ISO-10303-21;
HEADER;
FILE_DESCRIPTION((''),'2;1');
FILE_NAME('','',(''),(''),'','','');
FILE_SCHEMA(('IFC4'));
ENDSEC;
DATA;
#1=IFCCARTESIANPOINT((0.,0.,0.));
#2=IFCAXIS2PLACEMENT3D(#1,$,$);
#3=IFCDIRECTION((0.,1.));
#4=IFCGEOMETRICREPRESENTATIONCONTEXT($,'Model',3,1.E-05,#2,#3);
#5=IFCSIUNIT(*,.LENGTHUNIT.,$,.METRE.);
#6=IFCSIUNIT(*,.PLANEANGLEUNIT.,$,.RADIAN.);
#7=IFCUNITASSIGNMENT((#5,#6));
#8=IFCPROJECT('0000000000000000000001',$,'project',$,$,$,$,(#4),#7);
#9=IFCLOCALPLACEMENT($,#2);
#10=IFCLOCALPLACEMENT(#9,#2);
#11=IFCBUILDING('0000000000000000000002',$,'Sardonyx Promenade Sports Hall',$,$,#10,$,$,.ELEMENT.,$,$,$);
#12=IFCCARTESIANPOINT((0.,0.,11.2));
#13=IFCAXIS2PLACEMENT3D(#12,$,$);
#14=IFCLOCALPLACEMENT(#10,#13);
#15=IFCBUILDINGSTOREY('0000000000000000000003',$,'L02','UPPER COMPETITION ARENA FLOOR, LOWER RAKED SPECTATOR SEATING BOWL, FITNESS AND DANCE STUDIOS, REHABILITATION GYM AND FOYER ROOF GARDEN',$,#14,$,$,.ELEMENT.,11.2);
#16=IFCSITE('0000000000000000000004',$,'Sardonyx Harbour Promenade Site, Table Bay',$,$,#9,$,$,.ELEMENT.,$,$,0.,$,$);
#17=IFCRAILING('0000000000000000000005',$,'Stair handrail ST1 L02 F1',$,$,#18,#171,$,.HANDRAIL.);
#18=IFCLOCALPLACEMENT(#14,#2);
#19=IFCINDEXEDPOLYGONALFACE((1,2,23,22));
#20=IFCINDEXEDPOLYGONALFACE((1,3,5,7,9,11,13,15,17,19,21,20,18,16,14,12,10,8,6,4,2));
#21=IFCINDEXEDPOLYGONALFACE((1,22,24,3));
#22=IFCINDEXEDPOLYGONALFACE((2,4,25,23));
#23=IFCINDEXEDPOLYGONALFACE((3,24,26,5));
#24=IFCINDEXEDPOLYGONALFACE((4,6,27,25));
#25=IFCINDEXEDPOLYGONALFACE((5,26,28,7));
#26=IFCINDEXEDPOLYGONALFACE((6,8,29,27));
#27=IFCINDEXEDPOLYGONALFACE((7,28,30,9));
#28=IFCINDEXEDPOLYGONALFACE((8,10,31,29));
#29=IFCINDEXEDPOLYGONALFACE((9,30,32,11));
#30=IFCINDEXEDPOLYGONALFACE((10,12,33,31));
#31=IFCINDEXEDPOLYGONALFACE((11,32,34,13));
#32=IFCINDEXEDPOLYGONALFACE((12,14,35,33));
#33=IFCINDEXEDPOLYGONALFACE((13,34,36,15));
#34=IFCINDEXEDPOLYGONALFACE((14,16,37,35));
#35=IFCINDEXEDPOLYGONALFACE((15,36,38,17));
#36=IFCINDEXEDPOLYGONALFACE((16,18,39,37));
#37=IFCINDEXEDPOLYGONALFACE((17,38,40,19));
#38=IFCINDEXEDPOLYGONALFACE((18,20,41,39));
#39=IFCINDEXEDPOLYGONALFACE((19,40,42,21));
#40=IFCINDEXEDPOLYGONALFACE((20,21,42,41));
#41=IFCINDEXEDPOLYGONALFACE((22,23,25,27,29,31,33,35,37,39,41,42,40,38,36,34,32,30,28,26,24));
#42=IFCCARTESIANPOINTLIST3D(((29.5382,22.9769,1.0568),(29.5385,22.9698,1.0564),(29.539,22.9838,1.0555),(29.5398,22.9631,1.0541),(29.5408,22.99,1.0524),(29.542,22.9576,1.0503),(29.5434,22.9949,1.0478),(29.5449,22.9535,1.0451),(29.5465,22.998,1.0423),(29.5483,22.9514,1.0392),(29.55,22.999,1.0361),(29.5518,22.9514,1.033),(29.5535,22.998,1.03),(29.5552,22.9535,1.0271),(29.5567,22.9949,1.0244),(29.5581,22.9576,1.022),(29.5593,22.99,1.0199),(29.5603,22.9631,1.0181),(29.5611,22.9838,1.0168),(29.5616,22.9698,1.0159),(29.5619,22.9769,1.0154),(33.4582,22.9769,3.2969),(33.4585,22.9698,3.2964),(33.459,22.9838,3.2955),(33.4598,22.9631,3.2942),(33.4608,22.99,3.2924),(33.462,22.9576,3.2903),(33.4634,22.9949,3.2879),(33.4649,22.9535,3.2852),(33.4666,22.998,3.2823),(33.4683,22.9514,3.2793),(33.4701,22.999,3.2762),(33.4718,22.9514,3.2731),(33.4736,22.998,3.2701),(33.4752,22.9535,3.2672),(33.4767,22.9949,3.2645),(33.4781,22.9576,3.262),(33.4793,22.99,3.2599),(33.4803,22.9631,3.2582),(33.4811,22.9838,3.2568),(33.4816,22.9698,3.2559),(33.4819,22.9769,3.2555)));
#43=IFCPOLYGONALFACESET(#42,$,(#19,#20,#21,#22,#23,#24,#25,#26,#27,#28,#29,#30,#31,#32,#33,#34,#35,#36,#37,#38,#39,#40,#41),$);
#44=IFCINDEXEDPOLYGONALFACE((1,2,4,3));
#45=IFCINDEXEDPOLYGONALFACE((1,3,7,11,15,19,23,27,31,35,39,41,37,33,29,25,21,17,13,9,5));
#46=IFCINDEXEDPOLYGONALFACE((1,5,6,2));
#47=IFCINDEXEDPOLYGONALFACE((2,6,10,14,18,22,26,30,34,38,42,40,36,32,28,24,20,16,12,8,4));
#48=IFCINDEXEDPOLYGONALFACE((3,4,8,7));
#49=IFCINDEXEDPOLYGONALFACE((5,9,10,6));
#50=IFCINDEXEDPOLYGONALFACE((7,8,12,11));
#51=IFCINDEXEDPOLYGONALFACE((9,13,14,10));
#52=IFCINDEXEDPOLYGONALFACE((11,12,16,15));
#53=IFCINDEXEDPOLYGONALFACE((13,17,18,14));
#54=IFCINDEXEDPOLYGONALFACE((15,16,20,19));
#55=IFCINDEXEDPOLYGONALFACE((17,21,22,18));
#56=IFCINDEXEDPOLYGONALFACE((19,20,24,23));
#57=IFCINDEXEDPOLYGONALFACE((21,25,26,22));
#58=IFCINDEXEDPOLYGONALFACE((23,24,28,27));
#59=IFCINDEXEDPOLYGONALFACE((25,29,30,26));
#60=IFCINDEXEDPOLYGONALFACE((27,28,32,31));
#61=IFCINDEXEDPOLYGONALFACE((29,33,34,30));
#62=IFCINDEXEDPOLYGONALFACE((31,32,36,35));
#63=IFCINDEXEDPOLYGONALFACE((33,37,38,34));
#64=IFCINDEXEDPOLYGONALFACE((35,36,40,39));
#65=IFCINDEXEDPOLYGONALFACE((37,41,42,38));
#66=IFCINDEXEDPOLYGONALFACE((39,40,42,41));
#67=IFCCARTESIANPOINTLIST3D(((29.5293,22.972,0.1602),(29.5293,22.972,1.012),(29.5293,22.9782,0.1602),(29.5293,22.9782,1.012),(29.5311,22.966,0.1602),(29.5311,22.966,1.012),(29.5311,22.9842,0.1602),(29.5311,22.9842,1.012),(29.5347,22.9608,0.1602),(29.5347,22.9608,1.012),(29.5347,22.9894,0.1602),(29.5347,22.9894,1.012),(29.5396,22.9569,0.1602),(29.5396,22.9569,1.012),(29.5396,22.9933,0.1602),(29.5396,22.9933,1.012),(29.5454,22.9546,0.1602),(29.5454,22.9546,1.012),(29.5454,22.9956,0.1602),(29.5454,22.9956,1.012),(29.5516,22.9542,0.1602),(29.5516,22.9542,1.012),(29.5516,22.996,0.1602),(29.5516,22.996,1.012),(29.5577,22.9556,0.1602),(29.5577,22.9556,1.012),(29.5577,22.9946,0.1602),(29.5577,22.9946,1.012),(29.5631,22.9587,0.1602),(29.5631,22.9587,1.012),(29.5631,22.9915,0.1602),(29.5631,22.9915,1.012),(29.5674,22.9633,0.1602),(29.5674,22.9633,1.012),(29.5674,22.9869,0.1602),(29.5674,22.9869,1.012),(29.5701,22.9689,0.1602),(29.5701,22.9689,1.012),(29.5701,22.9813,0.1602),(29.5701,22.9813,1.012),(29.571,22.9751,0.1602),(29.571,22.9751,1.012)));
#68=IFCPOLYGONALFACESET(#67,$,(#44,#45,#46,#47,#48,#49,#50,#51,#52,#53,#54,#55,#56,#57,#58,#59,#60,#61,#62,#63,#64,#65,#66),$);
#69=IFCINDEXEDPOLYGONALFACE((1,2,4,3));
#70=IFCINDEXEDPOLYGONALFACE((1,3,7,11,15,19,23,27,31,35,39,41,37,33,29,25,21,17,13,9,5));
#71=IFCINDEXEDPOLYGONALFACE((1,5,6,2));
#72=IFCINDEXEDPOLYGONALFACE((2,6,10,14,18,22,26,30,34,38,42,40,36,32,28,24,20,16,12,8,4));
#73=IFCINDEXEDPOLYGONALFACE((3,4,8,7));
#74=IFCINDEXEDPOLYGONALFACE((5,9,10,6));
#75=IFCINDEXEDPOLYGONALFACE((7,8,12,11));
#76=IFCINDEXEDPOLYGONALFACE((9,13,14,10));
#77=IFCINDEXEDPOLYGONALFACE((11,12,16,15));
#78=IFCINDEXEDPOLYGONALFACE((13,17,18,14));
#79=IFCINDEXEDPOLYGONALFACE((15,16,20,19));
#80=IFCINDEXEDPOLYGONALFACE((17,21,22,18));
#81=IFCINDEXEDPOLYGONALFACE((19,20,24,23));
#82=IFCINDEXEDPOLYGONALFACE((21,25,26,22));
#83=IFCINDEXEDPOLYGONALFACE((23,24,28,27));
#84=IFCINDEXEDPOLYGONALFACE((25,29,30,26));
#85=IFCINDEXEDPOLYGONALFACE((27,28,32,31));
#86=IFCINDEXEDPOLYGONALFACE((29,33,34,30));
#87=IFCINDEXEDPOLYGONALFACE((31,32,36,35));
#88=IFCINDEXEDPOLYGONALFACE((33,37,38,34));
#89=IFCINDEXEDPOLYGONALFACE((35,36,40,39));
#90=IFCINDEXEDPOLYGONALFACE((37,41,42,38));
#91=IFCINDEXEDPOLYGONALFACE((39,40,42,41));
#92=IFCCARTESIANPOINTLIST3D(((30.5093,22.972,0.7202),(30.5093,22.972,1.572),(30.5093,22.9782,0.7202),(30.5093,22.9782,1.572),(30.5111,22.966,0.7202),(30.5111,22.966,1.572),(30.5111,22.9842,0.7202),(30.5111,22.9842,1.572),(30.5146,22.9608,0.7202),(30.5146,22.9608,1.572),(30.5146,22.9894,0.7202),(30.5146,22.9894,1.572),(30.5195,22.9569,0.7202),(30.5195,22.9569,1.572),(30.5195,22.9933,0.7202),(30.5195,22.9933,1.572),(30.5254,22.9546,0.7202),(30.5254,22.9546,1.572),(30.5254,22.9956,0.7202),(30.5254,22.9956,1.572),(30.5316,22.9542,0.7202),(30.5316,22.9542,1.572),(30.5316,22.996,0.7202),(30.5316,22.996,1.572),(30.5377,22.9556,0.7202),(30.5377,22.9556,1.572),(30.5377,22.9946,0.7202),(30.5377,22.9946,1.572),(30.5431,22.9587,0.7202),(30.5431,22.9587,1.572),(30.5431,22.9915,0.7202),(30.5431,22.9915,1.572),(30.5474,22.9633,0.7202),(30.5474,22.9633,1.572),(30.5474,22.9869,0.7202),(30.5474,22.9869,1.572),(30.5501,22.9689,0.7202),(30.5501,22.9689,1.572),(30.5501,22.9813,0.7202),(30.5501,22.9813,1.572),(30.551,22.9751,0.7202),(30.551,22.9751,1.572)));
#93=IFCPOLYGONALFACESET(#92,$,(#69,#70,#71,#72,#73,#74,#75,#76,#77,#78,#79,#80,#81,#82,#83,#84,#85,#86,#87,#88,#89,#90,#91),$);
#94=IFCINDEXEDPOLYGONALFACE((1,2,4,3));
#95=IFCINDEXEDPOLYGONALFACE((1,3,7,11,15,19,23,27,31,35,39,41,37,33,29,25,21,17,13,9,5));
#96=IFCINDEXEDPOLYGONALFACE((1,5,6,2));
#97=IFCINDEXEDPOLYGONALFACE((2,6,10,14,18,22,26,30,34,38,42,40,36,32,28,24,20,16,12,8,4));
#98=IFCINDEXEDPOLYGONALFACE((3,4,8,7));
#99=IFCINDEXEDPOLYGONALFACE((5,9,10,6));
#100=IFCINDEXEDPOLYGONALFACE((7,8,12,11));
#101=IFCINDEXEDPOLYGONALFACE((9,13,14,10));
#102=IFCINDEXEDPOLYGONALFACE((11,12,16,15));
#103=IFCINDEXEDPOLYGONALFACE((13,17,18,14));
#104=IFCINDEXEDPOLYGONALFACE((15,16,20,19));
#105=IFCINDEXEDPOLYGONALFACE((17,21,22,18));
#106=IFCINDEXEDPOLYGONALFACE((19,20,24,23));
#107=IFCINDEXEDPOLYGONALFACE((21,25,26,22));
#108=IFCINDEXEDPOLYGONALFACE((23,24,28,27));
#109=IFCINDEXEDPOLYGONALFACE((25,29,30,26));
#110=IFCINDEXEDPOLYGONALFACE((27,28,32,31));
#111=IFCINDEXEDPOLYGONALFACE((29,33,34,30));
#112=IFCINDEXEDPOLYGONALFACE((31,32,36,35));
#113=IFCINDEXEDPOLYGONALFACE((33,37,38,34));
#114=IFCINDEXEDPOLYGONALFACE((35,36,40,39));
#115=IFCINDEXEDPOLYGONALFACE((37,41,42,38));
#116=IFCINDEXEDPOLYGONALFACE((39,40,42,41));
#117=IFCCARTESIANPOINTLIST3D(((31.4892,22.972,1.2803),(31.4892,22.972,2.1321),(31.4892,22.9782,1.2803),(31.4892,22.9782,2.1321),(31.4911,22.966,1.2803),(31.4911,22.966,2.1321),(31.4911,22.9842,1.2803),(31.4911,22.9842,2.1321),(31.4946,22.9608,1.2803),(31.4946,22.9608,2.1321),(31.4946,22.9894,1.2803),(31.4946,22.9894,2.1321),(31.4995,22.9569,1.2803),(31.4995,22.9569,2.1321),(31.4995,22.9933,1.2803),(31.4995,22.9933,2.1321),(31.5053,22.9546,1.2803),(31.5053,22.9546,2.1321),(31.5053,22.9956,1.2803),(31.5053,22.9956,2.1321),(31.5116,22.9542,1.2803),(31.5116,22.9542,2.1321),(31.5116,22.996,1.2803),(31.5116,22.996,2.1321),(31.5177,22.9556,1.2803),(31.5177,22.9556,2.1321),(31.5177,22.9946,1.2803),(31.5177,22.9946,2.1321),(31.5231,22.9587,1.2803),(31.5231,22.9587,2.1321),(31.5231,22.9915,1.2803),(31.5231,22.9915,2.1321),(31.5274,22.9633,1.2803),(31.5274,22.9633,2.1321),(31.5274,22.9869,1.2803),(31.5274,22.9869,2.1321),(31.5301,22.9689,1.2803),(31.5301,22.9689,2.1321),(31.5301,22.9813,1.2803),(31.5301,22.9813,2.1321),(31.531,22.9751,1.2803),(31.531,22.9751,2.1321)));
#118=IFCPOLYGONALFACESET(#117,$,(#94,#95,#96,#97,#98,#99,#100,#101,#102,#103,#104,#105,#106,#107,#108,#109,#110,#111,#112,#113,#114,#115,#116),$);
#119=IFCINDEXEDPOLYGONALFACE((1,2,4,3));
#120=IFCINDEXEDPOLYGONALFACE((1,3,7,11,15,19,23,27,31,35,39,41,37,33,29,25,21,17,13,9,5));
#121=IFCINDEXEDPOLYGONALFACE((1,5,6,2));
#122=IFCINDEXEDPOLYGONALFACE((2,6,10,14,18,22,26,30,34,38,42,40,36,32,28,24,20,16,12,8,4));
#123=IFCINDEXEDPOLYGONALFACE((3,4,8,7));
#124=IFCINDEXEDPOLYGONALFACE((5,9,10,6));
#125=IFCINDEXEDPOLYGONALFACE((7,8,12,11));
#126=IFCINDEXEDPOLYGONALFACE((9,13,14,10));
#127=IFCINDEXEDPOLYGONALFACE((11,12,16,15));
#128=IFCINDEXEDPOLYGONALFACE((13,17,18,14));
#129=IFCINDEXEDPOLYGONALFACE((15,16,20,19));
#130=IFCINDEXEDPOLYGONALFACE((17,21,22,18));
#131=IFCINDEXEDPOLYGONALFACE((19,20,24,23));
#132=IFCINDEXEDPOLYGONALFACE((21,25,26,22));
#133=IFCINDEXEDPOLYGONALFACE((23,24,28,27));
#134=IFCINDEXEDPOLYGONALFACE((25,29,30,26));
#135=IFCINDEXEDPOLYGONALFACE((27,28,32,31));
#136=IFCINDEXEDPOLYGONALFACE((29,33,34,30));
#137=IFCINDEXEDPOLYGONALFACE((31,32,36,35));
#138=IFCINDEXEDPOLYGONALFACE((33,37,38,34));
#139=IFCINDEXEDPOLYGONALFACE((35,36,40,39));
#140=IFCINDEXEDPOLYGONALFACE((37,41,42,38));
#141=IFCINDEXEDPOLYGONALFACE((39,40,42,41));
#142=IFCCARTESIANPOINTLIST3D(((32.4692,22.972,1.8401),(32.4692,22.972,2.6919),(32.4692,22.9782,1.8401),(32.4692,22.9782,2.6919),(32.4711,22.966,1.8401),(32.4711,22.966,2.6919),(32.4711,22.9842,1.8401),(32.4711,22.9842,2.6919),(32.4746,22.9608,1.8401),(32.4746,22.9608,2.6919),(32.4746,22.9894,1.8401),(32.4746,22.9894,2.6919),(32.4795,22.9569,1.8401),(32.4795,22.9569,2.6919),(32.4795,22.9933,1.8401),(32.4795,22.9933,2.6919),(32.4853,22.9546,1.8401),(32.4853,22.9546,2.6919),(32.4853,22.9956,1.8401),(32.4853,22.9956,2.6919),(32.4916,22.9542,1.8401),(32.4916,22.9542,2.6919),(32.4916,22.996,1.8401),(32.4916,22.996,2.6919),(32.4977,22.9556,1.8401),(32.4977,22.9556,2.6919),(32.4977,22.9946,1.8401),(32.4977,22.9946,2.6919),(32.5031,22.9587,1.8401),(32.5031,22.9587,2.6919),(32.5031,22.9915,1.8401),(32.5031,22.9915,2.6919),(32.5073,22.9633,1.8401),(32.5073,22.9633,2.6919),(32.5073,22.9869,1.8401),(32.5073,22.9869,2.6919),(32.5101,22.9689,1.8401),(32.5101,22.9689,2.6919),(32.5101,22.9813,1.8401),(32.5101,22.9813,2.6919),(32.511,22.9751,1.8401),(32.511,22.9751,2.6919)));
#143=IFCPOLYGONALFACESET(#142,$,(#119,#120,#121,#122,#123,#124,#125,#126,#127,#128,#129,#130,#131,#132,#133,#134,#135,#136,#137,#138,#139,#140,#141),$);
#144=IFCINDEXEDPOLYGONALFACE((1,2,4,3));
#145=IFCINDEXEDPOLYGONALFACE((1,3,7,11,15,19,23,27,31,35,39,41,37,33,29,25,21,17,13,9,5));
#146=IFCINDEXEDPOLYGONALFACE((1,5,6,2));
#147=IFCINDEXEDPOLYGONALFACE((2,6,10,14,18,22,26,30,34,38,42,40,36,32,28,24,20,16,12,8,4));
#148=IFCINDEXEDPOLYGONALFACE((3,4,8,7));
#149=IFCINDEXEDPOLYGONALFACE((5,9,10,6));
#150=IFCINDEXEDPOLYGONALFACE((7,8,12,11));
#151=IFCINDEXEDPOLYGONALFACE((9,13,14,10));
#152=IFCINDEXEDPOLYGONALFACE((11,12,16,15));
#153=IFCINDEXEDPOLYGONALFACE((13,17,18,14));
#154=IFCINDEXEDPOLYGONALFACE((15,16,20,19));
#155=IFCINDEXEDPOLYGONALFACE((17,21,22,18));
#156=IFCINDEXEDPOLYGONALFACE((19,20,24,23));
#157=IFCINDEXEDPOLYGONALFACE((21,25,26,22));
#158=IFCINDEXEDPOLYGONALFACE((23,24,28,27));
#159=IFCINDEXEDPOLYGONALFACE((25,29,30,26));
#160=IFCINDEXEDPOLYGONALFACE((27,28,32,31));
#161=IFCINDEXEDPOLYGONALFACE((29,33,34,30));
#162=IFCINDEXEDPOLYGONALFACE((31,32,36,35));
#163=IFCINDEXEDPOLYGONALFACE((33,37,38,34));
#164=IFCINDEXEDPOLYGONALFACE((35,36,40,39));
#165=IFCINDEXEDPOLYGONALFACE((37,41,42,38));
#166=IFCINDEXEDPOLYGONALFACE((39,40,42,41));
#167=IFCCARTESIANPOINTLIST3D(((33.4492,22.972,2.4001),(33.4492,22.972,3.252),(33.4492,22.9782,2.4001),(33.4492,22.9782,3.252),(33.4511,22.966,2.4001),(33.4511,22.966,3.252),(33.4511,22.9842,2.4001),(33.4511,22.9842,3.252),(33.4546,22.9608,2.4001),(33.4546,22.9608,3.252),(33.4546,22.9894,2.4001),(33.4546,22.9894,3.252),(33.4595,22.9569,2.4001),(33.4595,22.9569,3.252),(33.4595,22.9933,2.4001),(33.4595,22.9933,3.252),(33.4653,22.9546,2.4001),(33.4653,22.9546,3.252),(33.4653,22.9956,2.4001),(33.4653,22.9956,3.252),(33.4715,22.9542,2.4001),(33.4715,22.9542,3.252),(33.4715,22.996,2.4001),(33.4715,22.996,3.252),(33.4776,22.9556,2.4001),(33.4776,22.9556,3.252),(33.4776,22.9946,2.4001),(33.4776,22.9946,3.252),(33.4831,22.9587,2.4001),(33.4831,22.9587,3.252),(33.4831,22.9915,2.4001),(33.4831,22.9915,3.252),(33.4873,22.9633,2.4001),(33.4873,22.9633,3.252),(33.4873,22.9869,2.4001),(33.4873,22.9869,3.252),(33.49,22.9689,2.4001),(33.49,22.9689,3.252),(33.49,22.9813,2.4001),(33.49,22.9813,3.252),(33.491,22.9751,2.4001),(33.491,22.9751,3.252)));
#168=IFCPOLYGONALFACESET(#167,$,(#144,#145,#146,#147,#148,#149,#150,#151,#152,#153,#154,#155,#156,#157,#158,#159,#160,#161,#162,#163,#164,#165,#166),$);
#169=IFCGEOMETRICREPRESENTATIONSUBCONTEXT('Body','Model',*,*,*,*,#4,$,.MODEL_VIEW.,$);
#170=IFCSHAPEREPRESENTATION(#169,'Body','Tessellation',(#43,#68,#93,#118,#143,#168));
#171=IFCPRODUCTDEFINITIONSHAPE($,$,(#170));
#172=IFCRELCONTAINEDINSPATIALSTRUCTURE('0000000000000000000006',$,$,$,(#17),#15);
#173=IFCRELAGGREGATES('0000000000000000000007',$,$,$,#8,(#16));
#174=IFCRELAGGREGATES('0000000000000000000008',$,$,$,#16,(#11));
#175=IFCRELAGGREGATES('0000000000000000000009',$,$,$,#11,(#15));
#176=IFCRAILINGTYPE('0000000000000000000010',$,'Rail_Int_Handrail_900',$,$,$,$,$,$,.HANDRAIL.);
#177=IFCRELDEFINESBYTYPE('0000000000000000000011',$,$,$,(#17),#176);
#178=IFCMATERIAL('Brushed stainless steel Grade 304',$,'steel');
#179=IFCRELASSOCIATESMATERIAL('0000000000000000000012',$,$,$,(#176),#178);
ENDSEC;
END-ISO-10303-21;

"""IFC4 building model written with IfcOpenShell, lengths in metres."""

from ifc_helpers import new_model, si_unit, direction, frame, origin, origin_2d, place, context, subcontext, project, spatial, circle, extrude, material, type_object, element, save


model = new_model("IFC4")

# Units and contexts
model_context = context("Model", 3, precision=1e-05, world=origin(), true_north=direction((0.0, 1.0)))
body_context = subcontext(model_context, "Body", "Model", "MODEL_VIEW")
ifc_project = project(units=[si_unit("LENGTHUNIT", "METRE"), si_unit("PLANEANGLEUNIT", "RADIAN")], contexts=[model_context])

# Site, building, storey
site_placement = place(None, origin())
site = spatial("IfcSite", under=ifc_project, at=site_placement, Name="Sardonyx Harbour Promenade Site, Table Bay", CompositionType="ELEMENT", RefElevation=0.0)
building_placement = place(site_placement, origin())
building = spatial("IfcBuilding", under=site, at=building_placement, Name="Sardonyx Promenade Sports Hall", CompositionType="ELEMENT")
storey_placement = place(building_placement, frame((0.0, 0.0, 11.2)))
storey = spatial("IfcBuildingStorey", under=building, at=storey_placement, Name="L02", Description="UPPER COMPETITION ARENA FLOOR, LOWER RAKED SPECTATOR SEATING BOWL, FITNESS AND DANCE STUDIOS, REHABILITATION GYM AND FOYER ROOF GARDEN", CompositionType="ELEMENT", Elevation=11.2)

# Railing
ifc_material_1 = material(Name="Brushed stainless steel Grade 304", Category="steel")
railing_type_1 = type_object("IfcRailingType", Name="Rail_Int_Handrail_900", PredefinedType="HANDRAIL", material=ifc_material_1)
railing_1_placement = place(storey_placement, frame((29.55, 22.9751, 0.1602)))
element("IfcRailing", 1, at=railing_1_placement, inside=storey, type_object=railing_type_1, Name="Stair handrail ST1 L02 F1", PredefinedType="HANDRAIL", context=body_context, shape_type="SweptSolid", body=[
    extrude(circle(Radius=0.0239, at=origin_2d()), frame((0.0, 0.0, 0.876), z_axis=(0.86824, 0.0, 0.496145), x_axis=(0.0, 1.0, 0.0)), (0.0, 0.0, 1.0), 4.5149),
    extrude(circle(Radius=0.021, at=origin_2d()), origin(), (0.0, 0.0, 1.0), 0.8518),
    extrude(circle(Radius=0.021, at=origin_2d()), frame((0.98, 0.0, 0.5601)), (0.0, 0.0, 1.0), 0.8518),
    extrude(circle(Radius=0.021, at=origin_2d()), frame((1.96, 0.0, 1.1201)), (0.0, 0.0, 1.0), 0.8518),
    extrude(circle(Radius=0.021, at=origin_2d()), frame((2.9399, 0.0, 1.6799)), (0.0, 0.0, 1.0), 0.8518),
    extrude(circle(Radius=0.021, at=origin_2d()), frame((3.9199, 0.0, 2.24)), (0.0, 0.0, 1.0), 0.8518),
])

save(model, "model.ifc")
